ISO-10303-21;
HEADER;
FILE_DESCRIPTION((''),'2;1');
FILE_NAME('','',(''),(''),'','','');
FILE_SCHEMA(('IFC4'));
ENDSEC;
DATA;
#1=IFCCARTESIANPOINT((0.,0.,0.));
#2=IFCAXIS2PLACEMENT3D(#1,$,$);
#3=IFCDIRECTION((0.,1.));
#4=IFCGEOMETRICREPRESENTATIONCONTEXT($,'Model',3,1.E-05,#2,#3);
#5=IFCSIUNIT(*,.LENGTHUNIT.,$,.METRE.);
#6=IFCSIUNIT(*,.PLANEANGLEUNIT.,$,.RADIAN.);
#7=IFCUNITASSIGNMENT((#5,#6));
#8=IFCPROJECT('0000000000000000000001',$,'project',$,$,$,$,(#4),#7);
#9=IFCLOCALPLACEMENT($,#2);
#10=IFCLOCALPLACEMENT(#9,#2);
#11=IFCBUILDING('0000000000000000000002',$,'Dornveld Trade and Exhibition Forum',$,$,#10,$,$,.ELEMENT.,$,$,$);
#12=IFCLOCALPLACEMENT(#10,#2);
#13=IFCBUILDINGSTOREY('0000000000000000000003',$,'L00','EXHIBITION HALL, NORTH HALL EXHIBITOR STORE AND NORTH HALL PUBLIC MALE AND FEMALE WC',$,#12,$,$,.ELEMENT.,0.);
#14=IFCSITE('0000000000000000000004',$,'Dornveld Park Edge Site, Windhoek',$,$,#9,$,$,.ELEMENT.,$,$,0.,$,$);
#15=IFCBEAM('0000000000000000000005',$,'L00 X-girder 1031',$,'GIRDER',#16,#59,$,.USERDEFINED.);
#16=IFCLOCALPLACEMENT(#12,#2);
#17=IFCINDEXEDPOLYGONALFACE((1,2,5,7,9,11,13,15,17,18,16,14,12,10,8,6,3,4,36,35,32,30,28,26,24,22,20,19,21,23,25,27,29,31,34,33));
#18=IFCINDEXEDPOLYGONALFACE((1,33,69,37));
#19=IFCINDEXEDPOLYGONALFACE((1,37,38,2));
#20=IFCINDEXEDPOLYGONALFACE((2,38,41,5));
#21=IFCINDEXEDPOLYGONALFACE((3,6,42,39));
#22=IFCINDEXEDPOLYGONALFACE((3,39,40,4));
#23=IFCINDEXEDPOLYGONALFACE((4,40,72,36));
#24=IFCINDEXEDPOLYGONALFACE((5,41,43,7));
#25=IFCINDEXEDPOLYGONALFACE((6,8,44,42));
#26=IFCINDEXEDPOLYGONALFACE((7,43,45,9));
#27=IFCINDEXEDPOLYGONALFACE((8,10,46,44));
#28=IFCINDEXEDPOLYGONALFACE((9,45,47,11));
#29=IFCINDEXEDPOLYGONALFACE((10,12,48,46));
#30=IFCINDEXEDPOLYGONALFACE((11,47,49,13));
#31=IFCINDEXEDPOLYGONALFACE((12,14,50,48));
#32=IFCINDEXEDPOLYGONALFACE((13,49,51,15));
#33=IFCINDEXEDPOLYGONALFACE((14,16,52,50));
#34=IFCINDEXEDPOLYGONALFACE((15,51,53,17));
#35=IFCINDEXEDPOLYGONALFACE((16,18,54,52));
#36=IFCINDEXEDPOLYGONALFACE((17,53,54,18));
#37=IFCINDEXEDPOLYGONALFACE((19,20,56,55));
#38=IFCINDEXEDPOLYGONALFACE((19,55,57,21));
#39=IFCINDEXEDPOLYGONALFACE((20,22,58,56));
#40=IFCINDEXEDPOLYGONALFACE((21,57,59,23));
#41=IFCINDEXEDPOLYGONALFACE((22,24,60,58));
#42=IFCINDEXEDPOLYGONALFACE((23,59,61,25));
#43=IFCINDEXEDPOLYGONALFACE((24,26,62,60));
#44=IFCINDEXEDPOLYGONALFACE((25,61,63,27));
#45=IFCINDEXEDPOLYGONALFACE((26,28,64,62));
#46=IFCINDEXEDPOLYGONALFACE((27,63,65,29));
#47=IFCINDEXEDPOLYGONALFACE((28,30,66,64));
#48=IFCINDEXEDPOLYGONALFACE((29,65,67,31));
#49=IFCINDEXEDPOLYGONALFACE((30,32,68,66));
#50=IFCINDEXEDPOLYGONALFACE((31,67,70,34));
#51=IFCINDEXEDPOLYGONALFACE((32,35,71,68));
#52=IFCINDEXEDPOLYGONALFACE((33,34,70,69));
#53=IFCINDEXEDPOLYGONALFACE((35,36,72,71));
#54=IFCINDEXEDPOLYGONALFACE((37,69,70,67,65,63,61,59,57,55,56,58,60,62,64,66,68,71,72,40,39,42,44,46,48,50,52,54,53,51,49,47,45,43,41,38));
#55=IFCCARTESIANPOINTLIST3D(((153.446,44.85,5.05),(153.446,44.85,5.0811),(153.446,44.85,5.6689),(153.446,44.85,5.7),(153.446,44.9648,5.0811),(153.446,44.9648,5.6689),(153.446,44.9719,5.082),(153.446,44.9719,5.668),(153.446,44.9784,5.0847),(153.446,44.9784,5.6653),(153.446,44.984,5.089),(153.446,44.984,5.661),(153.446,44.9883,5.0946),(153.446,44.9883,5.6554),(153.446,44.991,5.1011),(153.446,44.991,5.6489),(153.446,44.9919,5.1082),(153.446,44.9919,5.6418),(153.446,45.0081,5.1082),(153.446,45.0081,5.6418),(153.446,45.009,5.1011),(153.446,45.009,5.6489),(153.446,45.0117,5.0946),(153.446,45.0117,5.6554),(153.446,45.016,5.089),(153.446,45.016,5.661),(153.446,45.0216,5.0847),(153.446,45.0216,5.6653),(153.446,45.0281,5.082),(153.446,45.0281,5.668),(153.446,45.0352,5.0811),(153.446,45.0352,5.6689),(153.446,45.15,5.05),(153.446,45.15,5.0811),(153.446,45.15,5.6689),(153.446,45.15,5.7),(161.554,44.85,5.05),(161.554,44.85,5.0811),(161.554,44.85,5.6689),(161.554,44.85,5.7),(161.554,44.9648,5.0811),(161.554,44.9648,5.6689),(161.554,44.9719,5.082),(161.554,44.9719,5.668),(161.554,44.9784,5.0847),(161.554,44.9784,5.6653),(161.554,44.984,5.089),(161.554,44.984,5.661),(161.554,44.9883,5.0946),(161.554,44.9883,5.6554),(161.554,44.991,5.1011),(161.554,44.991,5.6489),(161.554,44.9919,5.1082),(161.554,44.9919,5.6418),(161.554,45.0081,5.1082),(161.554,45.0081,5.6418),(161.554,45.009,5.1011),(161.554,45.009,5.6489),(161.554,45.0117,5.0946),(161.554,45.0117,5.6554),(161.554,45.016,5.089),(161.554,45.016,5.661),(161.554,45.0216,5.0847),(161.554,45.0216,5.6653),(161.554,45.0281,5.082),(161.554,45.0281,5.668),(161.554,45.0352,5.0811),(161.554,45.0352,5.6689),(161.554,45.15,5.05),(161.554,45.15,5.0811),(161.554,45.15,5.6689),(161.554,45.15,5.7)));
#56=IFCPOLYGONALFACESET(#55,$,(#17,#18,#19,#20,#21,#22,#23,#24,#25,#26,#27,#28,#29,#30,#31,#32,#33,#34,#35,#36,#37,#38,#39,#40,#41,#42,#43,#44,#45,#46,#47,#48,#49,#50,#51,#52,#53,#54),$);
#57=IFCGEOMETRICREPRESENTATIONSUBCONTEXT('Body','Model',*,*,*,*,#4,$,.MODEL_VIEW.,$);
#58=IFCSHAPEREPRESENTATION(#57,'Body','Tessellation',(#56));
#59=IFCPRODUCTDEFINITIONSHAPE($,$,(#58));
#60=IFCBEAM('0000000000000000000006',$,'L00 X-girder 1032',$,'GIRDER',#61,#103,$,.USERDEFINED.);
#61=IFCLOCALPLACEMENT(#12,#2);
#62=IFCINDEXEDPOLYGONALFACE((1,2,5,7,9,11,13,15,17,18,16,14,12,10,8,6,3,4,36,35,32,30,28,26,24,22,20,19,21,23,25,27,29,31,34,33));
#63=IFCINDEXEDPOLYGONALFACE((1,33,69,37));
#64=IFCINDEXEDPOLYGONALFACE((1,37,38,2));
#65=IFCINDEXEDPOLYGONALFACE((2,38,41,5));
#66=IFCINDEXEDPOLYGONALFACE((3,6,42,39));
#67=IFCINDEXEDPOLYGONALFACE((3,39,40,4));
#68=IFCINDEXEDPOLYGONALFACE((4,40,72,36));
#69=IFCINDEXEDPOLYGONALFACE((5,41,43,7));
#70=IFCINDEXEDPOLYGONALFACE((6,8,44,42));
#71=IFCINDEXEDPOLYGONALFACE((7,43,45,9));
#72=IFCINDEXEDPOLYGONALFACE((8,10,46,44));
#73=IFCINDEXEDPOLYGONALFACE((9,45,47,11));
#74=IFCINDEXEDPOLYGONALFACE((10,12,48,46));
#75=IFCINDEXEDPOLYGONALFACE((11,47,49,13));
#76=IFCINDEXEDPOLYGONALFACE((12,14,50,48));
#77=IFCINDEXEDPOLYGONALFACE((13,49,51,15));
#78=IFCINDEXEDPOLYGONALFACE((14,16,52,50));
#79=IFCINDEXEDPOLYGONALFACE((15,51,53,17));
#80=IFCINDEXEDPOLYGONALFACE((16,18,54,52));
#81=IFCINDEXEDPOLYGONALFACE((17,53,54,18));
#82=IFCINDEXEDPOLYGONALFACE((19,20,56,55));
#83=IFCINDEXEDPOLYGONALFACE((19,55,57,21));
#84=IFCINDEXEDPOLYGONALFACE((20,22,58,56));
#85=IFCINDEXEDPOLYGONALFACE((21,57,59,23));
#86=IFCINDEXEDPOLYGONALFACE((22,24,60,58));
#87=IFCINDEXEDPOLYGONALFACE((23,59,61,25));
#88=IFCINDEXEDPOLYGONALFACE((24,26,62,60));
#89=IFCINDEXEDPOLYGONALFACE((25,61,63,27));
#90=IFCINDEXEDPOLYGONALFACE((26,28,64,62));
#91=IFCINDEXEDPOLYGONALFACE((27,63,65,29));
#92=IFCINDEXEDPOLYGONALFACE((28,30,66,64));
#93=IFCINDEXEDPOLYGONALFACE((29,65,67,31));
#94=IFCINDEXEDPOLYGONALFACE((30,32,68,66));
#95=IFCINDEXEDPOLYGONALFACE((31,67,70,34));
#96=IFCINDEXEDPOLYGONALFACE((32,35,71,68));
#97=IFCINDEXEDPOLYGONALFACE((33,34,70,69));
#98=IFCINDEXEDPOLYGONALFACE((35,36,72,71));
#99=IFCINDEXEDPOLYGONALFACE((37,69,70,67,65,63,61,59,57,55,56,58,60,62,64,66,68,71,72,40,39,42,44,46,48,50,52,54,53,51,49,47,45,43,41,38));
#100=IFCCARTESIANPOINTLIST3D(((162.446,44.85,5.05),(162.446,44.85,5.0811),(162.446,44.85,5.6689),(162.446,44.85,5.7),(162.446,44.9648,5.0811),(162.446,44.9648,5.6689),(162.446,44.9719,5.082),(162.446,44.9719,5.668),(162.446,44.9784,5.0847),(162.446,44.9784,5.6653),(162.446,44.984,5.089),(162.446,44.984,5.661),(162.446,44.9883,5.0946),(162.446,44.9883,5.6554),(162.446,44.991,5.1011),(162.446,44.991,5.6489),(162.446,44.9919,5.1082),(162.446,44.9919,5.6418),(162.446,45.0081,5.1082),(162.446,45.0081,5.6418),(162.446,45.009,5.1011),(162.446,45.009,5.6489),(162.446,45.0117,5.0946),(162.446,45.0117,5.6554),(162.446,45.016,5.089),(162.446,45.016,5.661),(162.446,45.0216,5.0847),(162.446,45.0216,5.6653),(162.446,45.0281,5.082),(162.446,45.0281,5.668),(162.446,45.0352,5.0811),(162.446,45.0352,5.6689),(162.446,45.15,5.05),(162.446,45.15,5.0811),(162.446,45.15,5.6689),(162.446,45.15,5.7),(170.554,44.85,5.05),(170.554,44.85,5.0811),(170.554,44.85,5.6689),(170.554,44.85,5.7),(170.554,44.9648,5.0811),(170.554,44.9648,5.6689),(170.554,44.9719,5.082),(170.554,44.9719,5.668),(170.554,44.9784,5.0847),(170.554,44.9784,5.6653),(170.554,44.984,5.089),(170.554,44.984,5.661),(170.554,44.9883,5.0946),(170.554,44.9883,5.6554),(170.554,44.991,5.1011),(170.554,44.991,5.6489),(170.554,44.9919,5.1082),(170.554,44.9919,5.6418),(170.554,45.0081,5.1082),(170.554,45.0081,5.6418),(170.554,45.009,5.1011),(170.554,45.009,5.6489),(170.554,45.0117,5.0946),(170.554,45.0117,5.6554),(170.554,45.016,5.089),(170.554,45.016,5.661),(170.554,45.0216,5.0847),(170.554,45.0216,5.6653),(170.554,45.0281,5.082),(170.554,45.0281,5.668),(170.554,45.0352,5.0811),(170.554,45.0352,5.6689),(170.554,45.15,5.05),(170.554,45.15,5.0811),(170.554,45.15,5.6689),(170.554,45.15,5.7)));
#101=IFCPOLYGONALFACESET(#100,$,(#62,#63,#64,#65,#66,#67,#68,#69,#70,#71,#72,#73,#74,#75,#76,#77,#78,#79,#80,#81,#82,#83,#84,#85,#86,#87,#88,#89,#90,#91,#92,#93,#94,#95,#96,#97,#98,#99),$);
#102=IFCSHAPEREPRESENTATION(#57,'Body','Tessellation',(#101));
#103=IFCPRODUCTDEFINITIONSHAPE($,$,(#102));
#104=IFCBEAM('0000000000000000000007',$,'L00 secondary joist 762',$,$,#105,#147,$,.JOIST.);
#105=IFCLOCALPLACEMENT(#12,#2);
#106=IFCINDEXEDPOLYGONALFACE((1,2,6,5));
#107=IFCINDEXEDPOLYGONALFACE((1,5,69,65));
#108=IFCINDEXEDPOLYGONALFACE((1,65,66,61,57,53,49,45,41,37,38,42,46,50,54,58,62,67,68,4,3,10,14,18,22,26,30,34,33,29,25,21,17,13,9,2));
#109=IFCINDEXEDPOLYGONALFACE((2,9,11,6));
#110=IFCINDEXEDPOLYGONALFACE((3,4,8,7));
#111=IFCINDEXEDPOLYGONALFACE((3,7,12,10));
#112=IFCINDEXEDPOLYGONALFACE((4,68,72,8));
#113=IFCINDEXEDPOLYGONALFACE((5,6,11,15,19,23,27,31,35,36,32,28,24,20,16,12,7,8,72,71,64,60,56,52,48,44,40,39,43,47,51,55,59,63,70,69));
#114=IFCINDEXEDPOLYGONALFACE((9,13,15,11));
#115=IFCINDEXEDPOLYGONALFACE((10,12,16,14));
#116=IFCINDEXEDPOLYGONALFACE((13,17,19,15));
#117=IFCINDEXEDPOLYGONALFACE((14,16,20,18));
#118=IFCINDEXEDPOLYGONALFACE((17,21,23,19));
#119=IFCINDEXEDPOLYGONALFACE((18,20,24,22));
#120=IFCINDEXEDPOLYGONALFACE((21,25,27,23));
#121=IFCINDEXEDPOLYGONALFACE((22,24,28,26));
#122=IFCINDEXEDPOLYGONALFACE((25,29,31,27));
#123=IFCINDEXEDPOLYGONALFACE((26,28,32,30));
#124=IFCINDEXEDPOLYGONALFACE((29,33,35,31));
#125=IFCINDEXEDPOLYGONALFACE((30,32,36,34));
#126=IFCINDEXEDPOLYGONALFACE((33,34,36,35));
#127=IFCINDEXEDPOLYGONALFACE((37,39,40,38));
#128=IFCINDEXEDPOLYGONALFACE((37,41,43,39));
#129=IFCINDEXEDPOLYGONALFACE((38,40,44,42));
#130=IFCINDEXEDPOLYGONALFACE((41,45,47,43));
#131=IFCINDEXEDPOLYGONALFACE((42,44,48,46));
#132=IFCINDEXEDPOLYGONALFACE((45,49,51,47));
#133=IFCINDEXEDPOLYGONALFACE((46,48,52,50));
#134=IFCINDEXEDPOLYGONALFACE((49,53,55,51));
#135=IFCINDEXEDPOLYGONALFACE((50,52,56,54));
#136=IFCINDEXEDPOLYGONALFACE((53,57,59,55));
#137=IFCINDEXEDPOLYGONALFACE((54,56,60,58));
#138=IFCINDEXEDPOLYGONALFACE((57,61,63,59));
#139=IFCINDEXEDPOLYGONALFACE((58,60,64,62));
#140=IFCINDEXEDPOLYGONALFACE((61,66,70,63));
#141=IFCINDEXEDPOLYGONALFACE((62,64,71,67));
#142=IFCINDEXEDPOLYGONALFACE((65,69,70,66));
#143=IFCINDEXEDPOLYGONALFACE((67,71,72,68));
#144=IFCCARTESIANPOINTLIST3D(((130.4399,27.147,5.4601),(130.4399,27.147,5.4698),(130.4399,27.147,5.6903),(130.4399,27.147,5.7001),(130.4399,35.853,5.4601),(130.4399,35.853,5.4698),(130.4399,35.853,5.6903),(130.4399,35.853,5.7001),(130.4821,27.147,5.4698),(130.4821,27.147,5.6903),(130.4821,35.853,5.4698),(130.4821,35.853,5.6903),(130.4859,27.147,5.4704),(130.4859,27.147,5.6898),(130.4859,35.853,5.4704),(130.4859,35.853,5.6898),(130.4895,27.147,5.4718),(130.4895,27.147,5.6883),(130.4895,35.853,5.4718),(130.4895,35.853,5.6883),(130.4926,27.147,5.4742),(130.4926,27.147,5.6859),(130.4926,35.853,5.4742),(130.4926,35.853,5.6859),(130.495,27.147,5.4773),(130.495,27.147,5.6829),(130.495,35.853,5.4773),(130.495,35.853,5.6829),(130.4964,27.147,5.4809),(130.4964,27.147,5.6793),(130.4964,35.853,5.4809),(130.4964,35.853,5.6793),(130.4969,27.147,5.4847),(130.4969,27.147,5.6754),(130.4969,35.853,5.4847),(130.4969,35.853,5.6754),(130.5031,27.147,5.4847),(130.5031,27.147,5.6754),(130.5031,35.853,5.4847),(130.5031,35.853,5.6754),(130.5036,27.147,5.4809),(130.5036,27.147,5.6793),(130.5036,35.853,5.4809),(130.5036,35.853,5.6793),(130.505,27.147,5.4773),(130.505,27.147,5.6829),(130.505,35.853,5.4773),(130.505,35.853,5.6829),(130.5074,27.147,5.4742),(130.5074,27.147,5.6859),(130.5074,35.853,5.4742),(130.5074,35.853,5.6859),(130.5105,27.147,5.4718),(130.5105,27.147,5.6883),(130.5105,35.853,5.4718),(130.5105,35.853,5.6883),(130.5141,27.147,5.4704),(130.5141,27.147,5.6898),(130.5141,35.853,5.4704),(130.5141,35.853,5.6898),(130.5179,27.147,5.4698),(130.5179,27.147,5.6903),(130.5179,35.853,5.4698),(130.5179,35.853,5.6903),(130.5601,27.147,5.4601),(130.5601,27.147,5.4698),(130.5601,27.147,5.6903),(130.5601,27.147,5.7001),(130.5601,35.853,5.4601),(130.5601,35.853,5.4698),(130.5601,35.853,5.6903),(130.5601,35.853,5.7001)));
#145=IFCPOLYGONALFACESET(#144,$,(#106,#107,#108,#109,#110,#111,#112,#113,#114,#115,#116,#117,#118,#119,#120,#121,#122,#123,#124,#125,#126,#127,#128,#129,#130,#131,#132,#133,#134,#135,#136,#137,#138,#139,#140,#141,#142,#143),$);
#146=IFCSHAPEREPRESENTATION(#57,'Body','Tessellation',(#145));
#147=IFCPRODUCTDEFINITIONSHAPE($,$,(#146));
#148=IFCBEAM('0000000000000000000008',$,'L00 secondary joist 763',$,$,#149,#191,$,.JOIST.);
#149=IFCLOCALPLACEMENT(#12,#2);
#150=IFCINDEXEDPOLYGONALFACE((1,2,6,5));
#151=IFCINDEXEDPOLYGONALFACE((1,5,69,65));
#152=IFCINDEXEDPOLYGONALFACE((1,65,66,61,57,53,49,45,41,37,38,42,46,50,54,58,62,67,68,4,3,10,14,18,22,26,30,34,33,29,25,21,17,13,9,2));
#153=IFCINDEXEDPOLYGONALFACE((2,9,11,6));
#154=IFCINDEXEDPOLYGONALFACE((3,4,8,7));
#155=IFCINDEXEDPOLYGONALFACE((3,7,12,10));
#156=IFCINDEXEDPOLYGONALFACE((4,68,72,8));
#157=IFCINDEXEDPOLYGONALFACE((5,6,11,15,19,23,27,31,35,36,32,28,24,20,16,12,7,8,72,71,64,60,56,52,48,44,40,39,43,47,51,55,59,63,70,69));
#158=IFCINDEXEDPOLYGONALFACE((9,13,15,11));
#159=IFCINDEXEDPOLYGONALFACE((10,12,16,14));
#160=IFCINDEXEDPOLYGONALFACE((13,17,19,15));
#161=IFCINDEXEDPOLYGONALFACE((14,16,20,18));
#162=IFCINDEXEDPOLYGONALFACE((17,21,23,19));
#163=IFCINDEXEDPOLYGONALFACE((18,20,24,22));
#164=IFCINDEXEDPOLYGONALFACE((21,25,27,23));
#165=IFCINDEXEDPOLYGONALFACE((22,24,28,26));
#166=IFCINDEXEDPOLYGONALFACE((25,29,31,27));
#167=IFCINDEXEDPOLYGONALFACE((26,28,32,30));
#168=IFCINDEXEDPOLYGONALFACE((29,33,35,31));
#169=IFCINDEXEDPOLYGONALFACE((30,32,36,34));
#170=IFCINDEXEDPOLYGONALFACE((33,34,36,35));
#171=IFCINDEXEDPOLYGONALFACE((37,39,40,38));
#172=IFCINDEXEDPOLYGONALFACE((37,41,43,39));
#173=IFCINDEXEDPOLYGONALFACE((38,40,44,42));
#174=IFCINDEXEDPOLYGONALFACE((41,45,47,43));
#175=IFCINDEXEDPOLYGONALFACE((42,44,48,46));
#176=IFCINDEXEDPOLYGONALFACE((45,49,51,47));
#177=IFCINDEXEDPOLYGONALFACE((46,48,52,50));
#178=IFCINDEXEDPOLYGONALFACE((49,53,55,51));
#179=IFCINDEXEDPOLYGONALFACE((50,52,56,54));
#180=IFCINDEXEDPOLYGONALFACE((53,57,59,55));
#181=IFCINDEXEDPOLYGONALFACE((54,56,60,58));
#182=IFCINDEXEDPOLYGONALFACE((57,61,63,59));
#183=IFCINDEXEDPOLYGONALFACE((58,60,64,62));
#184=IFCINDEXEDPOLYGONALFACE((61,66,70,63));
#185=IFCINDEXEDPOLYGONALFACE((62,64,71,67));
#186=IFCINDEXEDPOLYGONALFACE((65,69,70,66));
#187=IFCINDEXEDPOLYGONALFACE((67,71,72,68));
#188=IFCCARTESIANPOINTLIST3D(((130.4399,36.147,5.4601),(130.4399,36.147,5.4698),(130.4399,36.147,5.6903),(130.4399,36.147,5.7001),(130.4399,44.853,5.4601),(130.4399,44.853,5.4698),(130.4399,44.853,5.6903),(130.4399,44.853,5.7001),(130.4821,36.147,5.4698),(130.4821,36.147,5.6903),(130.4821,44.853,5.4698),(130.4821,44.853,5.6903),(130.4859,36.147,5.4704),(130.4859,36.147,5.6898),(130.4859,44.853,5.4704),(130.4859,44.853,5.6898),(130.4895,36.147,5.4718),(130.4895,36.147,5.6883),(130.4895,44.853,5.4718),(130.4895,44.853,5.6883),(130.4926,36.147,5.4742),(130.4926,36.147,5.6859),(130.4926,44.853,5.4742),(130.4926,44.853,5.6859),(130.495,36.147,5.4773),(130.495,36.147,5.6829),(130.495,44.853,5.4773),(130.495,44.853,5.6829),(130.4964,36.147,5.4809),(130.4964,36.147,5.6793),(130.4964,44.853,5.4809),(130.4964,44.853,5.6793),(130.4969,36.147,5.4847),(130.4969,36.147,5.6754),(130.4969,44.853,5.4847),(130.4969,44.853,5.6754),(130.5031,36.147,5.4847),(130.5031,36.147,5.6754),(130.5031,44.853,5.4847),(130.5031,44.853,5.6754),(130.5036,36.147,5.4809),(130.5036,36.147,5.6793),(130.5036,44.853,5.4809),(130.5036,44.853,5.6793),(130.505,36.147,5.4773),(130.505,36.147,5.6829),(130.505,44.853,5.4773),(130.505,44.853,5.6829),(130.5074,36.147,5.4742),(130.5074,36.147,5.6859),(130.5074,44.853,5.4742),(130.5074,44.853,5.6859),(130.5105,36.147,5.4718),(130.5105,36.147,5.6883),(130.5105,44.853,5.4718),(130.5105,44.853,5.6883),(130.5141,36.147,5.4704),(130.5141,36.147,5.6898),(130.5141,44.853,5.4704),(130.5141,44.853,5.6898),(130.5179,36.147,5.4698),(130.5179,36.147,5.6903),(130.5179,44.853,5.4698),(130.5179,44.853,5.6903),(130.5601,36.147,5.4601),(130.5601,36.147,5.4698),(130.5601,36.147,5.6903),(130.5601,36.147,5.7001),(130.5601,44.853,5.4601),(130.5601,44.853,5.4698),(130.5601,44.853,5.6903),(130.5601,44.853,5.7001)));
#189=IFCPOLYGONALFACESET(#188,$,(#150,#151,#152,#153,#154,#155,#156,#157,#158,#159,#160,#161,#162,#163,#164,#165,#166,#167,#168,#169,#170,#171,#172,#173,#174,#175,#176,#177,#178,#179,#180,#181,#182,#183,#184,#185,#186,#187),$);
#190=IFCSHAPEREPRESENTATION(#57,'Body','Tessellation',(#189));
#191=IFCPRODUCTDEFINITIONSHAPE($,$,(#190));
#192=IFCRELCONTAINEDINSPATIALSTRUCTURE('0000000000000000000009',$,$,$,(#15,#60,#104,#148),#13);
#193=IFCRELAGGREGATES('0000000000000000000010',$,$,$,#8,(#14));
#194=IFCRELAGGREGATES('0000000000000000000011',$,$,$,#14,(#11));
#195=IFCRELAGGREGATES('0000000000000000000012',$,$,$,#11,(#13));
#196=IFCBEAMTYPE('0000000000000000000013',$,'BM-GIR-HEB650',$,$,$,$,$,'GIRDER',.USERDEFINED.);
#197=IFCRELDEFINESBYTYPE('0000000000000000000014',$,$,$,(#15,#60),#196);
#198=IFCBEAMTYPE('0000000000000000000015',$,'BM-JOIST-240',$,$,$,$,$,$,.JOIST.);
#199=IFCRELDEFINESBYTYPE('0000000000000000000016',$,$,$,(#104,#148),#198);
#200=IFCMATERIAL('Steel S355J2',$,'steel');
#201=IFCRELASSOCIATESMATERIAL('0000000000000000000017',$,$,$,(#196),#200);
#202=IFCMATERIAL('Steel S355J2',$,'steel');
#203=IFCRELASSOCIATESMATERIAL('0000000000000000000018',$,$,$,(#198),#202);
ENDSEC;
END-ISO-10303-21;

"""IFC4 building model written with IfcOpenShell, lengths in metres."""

from ifc_helpers import new_model, si_unit, direction, frame, origin, origin_2d, place, context, subcontext, project, spatial, i_section, extrude, material, material_profile, profile_set, type_object, element, save


model = new_model("IFC4")

# Units and contexts
model_context = context("Model", 3, precision=1e-05, world=origin(), true_north=direction((0.0, 1.0)))
body_context = subcontext(model_context, "Body", "Model", "MODEL_VIEW")
ifc_project = project(units=[si_unit("LENGTHUNIT", "METRE"), si_unit("PLANEANGLEUNIT", "RADIAN")], contexts=[model_context])

# Site, building, storey
site_placement = place(None, origin())
site = spatial("IfcSite", under=ifc_project, at=site_placement, Name="Dornveld Park Edge Site, Windhoek", CompositionType="ELEMENT", RefElevation=0.0)
building_placement = place(site_placement, origin())
building = spatial("IfcBuilding", under=site, at=building_placement, Name="Dornveld Trade and Exhibition Forum", CompositionType="ELEMENT")
storey_placement = place(building_placement, origin())
storey = spatial("IfcBuildingStorey", under=building, at=storey_placement, Name="L00", Description="EXHIBITION HALL, NORTH HALL EXHIBITOR STORE AND NORTH HALL PUBLIC MALE AND FEMALE WC", CompositionType="ELEMENT", Elevation=0.0)

# Beams
ifc_material_1 = material(Name="Steel S355J2", Category="steel")
ifc_material_profile_1 = material_profile(ifc_material_1, i_section(OverallWidth=0.3, OverallDepth=0.6499, WebThickness=0.0161, FlangeThickness=0.031, FilletRadius=0.0271, at=origin_2d()), Name="HEB 650")
ifc_profile_set_1 = profile_set([ifc_material_profile_1], Name="Steel S355J2")
beam_type_1 = type_object("IfcBeamType", Name="BM-GIR-HEB650", ElementType="GIRDER", PredefinedType="USERDEFINED", material=ifc_profile_set_1)
for number, where, z_axis, x_axis, name in (
    (1, (153.446, 45.0, 5.375), (1.0, 0.0, 0.0), (0.0, 1.0, 0.0), "L00 X-girder 1031"),
    (2, (162.446, 45.0, 5.375), (1.0, 0.0, 0.0), (0.0, 1.0, 0.0), "L00 X-girder 1032"),
):
    element("IfcBeam", number, at=place(storey_placement, frame(where, z_axis=z_axis, x_axis=x_axis)), inside=storey, type_object=beam_type_1, Name=name, ObjectType="GIRDER", PredefinedType="USERDEFINED", context=body_context, shape_type="SweptSolid", body=[
        extrude(i_section(OverallWidth=0.3, OverallDepth=0.6499, WebThickness=0.0161, FlangeThickness=0.031, FilletRadius=0.0271, at=origin_2d()), origin(), (0.0, 0.0, 1.0), 8.1079),
    ])
ifc_material_2 = material(Name="Steel S355J2", Category="steel")
ifc_material_profile_2 = material_profile(ifc_material_2, i_section(OverallWidth=0.1201, OverallDepth=0.24, WebThickness=0.0061, FlangeThickness=0.0098, FilletRadius=0.0149, at=origin_2d()), Name="IPE 240")
ifc_profile_set_2 = profile_set([ifc_material_profile_2], Name="Steel S355J2")
beam_type_2 = type_object("IfcBeamType", Name="BM-JOIST-240", PredefinedType="JOIST", material=ifc_profile_set_2)
for number, where, z_axis, x_axis, name in (
    (3, (130.5, 27.147, 5.5801), (0.0, 1.0, 0.0), (-1.0, 0.0, 0.0), "L00 secondary joist 762"),
    (4, (130.5, 36.147, 5.5801), (0.0, 1.0, 0.0), (-1.0, 0.0, 0.0), "L00 secondary joist 763"),
):
    element("IfcBeam", number, at=place(storey_placement, frame(where, z_axis=z_axis, x_axis=x_axis)), inside=storey, type_object=beam_type_2, Name=name, PredefinedType="JOIST", context=body_context, shape_type="SweptSolid", body=[
        extrude(i_section(OverallWidth=0.1201, OverallDepth=0.24, WebThickness=0.0061, FlangeThickness=0.0098, FilletRadius=0.0149, at=origin_2d()), origin(), (0.0, 0.0, 1.0), 8.7061),
    ])

save(model, "model.ifc")
